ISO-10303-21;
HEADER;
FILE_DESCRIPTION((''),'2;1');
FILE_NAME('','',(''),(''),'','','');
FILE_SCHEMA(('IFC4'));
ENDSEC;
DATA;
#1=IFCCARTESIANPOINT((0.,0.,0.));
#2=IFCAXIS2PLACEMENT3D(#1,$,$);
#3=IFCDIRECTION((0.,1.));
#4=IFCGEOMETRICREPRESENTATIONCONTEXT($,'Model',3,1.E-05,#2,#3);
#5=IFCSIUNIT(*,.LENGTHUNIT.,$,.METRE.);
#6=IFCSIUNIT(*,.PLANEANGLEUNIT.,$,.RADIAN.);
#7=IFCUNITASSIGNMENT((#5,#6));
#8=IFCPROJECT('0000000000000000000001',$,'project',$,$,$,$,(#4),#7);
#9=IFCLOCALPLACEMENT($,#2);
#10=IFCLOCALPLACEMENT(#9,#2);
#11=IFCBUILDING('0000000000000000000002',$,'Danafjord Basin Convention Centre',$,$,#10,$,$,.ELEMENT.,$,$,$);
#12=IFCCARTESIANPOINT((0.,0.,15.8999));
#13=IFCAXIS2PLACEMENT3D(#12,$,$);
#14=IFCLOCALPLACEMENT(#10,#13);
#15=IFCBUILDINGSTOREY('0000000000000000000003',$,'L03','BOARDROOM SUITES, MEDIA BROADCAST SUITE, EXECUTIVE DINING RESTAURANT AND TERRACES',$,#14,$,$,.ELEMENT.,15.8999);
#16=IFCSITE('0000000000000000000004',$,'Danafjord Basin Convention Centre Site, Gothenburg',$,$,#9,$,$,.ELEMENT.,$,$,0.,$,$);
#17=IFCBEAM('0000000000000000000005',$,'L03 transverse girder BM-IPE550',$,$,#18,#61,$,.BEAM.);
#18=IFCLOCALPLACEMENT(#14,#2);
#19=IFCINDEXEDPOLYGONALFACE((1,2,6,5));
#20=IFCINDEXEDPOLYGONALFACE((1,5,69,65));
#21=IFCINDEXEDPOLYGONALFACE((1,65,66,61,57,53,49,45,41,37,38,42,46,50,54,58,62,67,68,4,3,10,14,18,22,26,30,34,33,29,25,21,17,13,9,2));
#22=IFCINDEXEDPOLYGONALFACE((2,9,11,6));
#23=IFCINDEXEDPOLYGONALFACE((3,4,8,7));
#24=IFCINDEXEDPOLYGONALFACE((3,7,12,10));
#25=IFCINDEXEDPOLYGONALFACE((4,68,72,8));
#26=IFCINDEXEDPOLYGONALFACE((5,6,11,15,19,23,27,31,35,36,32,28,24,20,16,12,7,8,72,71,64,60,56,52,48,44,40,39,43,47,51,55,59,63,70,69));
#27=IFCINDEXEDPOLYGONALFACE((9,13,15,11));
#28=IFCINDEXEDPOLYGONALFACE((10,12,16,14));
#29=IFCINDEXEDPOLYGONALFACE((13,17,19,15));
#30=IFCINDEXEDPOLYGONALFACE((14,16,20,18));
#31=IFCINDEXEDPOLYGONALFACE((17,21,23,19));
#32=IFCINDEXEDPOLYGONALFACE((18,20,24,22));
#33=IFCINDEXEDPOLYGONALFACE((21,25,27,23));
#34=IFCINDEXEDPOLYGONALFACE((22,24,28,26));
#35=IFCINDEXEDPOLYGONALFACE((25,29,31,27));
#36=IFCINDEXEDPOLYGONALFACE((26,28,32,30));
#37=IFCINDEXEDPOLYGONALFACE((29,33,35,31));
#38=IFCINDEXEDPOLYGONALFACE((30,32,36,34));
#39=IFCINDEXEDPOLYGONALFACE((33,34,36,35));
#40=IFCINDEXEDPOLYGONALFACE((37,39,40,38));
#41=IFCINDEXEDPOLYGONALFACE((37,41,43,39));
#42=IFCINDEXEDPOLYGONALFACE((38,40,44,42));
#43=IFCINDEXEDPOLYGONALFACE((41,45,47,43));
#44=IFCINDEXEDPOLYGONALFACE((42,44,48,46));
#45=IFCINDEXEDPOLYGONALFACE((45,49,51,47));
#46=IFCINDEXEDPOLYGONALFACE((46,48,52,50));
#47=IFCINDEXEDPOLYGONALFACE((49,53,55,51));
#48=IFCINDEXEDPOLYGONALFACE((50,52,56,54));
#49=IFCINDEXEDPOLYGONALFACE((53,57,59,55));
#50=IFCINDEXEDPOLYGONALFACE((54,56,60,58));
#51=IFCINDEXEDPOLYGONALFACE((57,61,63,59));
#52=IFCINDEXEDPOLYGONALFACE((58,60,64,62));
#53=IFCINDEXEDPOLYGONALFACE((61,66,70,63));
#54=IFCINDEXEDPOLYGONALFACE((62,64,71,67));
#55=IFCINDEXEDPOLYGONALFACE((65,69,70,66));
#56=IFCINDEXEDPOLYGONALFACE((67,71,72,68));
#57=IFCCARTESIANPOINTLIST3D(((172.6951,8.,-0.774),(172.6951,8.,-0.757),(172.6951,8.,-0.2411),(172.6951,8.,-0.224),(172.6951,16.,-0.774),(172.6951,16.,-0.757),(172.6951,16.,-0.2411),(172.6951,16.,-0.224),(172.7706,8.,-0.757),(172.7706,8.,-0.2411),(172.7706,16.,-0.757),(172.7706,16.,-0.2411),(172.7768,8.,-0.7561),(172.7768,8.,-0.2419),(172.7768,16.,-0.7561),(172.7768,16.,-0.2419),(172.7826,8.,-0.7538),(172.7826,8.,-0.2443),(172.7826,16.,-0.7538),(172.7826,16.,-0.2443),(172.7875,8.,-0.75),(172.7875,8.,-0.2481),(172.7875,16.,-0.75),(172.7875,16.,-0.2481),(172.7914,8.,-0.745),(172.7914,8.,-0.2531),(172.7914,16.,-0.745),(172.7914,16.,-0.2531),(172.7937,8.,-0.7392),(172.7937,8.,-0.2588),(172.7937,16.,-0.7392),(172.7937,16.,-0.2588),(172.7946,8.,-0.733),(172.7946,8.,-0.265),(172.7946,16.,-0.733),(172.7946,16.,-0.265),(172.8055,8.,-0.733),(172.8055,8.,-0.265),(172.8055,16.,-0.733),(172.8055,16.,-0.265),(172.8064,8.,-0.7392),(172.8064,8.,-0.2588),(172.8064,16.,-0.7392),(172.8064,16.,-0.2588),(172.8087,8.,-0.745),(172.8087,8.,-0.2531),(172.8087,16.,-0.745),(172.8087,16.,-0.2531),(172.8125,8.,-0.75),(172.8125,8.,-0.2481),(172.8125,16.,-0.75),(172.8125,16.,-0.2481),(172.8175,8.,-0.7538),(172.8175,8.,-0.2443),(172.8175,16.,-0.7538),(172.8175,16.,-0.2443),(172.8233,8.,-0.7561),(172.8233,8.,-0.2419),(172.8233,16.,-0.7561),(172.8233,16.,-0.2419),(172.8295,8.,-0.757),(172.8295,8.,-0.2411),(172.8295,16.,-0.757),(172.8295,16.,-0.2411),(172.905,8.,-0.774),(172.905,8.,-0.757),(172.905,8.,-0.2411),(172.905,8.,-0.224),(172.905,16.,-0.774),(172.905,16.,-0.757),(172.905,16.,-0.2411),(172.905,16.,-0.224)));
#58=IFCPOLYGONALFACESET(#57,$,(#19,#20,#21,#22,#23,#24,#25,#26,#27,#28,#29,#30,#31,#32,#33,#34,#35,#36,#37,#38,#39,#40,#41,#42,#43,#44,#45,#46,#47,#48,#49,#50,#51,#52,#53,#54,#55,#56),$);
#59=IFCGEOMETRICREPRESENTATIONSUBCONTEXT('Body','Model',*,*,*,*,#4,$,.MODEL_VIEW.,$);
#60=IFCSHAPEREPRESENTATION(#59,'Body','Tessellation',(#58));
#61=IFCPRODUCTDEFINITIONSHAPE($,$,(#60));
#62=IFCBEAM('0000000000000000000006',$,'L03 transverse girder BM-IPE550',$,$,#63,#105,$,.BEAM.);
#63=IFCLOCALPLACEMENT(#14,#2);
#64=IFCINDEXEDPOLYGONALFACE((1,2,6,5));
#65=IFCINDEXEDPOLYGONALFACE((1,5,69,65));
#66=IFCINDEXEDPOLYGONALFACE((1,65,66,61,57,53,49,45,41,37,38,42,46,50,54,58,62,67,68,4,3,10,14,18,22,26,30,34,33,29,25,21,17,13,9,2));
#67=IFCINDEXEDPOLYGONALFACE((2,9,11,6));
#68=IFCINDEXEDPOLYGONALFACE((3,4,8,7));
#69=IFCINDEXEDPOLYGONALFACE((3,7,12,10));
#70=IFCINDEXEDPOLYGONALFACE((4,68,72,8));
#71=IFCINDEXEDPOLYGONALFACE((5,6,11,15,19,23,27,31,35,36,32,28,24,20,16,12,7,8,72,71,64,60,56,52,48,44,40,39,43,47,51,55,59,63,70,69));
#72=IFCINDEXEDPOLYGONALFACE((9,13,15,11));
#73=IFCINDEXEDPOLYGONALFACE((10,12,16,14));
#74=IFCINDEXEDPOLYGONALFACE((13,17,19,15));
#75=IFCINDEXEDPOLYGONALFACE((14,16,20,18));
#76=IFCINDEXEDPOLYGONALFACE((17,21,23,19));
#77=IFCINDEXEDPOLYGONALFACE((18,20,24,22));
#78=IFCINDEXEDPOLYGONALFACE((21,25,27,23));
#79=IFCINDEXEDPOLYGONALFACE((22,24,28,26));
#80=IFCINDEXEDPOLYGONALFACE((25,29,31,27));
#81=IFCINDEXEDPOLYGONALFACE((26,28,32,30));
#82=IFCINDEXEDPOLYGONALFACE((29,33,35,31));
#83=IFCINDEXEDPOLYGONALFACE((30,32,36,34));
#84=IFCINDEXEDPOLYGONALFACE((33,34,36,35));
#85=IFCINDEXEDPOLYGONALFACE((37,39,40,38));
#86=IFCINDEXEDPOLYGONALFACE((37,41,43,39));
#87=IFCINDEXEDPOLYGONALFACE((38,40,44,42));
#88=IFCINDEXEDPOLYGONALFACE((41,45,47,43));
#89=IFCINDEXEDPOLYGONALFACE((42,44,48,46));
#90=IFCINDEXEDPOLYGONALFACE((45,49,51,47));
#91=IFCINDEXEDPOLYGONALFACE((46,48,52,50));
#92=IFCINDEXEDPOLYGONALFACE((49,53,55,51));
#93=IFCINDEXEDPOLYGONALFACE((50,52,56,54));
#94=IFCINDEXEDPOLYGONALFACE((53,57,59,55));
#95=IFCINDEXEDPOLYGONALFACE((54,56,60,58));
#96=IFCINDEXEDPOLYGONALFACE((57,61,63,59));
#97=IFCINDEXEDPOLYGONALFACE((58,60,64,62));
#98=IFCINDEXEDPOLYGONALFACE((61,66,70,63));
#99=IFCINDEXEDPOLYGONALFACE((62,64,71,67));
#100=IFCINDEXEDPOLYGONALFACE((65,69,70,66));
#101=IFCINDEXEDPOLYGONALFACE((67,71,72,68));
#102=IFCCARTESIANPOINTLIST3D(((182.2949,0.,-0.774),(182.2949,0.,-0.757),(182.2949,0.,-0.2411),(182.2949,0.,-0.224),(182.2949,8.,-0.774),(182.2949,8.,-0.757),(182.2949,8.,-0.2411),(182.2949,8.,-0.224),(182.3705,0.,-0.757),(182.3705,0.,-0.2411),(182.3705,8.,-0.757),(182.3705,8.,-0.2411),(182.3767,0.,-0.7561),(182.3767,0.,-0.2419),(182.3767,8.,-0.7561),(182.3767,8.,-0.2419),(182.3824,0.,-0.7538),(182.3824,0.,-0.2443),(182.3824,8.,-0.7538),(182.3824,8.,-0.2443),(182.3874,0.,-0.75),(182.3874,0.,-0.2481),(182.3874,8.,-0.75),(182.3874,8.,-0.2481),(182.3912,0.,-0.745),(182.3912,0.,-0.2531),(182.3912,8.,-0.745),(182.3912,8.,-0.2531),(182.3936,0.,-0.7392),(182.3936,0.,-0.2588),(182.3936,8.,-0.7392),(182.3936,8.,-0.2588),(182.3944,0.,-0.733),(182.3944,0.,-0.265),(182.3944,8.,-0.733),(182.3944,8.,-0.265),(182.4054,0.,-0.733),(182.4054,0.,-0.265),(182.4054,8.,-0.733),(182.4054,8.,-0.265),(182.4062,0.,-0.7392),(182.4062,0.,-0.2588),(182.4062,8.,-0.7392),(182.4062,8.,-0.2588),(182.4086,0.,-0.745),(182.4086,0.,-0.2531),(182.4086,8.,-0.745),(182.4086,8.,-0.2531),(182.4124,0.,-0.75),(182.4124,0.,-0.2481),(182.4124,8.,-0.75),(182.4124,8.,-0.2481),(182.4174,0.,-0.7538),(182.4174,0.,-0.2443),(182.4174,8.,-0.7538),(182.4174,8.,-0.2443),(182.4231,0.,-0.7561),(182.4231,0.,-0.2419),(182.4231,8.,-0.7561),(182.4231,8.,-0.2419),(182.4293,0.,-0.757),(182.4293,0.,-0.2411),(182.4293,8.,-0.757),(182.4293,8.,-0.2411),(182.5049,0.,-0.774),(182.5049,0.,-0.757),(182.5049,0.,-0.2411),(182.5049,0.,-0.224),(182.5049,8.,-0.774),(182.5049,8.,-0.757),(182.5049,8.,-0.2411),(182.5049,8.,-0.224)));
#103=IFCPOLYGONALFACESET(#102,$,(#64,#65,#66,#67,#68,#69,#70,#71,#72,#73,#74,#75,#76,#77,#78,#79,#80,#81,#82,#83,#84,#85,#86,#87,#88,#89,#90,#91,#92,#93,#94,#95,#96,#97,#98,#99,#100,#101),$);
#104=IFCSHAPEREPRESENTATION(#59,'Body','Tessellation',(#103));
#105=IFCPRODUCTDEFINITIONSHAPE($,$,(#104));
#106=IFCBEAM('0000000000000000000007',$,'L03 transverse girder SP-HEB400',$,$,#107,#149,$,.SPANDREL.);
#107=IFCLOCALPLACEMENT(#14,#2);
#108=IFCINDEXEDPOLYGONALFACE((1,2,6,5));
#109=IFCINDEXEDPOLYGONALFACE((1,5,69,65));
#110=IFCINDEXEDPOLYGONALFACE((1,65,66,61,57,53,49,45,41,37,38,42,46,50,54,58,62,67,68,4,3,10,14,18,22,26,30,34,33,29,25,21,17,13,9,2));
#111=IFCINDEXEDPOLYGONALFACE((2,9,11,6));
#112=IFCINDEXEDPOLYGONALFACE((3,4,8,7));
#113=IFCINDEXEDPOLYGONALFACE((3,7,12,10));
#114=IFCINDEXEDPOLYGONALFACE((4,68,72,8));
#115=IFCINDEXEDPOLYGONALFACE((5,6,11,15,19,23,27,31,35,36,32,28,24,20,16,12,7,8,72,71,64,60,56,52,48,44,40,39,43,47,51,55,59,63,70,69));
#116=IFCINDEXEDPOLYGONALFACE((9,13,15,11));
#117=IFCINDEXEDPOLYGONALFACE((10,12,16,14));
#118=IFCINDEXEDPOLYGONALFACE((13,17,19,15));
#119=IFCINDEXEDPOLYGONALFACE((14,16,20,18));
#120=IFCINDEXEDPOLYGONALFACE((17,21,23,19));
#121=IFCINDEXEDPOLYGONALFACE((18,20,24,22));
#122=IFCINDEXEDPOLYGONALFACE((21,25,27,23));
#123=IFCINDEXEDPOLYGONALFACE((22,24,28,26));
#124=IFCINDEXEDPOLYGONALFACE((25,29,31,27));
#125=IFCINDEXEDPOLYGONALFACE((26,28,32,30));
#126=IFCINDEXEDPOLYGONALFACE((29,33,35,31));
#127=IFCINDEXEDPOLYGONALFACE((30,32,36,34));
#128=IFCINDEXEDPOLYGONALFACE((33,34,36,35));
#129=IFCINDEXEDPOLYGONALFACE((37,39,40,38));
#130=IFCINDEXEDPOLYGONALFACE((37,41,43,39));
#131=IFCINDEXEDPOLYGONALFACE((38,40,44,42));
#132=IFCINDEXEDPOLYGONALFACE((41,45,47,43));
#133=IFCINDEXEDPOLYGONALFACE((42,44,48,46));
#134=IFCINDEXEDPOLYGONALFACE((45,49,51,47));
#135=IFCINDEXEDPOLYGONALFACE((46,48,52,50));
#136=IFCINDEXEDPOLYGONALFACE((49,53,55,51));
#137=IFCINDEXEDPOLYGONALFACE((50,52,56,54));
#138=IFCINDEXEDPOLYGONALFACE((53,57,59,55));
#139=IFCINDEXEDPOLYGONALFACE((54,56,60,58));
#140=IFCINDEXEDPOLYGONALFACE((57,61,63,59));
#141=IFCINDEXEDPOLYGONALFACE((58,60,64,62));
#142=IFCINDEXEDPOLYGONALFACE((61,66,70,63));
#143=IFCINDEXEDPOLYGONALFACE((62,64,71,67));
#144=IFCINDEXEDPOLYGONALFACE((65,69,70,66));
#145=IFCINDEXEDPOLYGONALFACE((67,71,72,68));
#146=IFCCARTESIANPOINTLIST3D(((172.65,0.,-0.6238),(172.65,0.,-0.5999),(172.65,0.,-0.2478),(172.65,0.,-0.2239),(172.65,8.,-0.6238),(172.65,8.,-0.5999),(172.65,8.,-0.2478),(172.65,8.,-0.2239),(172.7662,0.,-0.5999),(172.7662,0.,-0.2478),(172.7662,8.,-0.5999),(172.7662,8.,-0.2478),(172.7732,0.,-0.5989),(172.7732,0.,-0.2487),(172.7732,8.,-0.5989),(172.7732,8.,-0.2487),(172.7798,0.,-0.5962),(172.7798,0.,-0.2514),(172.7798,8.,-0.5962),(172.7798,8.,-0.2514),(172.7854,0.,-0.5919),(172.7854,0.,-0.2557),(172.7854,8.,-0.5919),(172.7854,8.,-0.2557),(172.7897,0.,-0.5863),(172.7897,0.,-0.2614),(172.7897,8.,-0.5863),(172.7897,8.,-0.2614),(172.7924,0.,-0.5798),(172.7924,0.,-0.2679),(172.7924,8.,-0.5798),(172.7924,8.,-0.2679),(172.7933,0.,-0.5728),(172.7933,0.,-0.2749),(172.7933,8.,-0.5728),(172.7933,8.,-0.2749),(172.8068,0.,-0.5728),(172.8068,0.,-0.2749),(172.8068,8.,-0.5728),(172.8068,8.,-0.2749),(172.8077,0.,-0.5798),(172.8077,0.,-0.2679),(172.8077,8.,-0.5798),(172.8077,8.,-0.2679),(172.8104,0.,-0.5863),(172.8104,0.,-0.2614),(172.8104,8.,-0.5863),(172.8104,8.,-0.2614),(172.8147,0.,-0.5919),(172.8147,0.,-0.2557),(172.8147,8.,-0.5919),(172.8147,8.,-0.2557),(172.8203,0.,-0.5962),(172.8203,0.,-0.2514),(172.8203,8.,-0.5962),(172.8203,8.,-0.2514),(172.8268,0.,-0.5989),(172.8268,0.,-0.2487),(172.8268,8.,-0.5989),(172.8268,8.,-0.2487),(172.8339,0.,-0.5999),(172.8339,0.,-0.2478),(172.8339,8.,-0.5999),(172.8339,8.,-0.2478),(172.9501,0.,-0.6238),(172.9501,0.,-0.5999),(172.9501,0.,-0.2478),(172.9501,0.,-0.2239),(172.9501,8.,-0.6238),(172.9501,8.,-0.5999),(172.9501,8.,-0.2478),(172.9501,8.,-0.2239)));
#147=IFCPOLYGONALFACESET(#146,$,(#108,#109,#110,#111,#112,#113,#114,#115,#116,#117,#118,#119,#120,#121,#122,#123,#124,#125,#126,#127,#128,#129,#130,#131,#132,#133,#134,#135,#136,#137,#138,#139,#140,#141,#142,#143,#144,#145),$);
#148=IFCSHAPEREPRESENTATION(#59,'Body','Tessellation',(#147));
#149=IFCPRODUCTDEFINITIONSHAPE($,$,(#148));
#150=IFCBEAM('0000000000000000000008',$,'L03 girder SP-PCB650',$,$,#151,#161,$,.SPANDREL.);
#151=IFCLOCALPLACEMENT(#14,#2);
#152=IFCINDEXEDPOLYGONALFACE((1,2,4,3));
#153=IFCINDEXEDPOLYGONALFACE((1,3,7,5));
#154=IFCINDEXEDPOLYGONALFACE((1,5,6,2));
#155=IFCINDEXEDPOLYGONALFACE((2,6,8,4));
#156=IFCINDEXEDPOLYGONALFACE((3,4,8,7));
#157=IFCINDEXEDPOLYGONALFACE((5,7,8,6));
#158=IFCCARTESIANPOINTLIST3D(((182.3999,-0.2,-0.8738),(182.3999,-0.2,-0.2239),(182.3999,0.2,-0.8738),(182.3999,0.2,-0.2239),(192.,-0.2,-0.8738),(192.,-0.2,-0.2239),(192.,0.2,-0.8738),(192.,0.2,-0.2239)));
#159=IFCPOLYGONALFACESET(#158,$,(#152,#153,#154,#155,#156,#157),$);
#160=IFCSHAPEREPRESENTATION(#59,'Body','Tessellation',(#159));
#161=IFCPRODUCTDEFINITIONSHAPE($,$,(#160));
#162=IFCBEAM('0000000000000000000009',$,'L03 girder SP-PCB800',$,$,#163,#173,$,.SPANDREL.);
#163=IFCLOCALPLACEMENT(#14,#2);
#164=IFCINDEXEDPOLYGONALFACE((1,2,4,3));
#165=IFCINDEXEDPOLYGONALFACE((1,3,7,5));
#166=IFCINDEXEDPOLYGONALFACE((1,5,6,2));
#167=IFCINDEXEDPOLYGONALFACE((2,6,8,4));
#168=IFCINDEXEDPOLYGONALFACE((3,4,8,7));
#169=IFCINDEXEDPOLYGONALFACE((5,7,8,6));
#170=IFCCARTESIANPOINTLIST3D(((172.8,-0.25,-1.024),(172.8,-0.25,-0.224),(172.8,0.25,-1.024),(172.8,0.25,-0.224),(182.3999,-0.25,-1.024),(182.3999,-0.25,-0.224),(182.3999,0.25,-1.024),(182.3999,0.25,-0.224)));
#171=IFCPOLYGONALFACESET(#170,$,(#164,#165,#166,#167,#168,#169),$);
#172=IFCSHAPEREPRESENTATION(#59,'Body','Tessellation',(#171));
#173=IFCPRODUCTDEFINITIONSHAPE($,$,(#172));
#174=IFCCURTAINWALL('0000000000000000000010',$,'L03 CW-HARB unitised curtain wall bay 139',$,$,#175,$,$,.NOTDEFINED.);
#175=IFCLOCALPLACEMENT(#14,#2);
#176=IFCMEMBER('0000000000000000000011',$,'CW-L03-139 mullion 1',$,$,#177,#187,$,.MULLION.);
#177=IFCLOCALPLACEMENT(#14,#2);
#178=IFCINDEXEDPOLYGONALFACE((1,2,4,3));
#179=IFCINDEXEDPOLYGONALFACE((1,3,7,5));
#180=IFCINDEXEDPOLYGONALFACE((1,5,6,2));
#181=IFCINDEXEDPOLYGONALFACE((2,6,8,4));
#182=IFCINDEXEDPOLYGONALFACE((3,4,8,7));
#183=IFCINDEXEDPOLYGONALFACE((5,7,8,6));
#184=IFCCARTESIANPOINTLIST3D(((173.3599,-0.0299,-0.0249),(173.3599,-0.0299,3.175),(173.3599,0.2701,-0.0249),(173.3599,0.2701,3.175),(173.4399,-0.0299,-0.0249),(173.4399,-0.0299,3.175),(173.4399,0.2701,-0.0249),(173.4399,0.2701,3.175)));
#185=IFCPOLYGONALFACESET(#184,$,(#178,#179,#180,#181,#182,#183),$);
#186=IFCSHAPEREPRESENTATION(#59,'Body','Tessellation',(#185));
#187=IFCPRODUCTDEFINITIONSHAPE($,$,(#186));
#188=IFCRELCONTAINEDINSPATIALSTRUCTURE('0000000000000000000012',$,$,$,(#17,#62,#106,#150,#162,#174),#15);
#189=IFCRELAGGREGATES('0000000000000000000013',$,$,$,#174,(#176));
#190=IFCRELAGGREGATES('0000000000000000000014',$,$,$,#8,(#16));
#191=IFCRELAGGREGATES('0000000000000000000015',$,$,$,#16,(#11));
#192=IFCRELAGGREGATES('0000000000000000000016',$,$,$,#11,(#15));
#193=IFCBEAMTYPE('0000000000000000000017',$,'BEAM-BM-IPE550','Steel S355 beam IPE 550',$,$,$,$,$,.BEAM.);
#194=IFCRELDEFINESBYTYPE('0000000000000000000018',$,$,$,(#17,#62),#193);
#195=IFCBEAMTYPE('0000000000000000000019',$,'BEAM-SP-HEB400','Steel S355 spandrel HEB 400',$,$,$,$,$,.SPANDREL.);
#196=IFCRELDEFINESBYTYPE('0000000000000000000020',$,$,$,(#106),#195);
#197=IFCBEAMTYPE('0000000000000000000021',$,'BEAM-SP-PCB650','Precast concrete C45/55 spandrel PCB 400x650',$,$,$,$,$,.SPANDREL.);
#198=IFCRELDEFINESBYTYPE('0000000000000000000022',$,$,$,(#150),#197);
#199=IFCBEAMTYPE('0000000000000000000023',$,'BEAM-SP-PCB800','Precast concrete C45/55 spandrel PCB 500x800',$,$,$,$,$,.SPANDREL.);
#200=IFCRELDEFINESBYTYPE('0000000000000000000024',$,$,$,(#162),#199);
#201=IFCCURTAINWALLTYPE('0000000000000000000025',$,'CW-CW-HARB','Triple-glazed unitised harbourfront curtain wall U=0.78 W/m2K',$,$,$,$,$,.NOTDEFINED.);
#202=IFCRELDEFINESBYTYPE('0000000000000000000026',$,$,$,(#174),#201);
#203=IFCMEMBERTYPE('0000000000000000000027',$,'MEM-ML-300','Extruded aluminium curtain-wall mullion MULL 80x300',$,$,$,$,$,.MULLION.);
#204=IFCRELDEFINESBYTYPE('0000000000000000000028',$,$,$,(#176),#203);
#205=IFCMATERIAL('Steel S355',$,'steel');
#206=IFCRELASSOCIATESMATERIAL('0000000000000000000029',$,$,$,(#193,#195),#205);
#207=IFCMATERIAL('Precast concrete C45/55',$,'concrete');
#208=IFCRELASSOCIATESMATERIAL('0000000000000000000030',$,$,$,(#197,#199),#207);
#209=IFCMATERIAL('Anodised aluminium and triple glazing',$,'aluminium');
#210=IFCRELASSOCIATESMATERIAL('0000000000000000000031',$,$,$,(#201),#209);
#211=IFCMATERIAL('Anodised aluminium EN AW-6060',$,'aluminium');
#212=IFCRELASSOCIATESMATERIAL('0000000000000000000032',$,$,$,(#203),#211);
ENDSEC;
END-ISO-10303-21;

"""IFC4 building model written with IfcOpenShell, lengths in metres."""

from ifc_helpers import new_model, si_unit, direction, frame, origin, origin_2d, place, context, subcontext, project, spatial, rectangle, i_section, extrude, material, material_profile, profile_set, type_object, element, aggregate, save


model = new_model("IFC4")

# Units and contexts
model_context = context("Model", 3, precision=1e-05, world=origin(), true_north=direction((0.0, 1.0)))
body_context = subcontext(model_context, "Body", "Model", "MODEL_VIEW")
ifc_project = project(units=[si_unit("LENGTHUNIT", "METRE"), si_unit("PLANEANGLEUNIT", "RADIAN")], contexts=[model_context])

# Site, building, storey
site_placement = place(None, origin())
site = spatial("IfcSite", under=ifc_project, at=site_placement, Name="Danafjord Basin Convention Centre Site, Gothenburg", CompositionType="ELEMENT", RefElevation=0.0)
building_placement = place(site_placement, origin())
building = spatial("IfcBuilding", under=site, at=building_placement, Name="Danafjord Basin Convention Centre", CompositionType="ELEMENT")
storey_placement = place(building_placement, frame((0.0, 0.0, 15.8999)))
storey = spatial("IfcBuildingStorey", under=building, at=storey_placement, Name="L03", Description="BOARDROOM SUITES, MEDIA BROADCAST SUITE, EXECUTIVE DINING RESTAURANT AND TERRACES", CompositionType="ELEMENT", Elevation=15.8999)

# Shared definitions
ifc_material_1 = material(Name="Steel S355", Category="steel")

# Beams
ifc_material_profile_1 = material_profile(ifc_material_1, i_section(OverallWidth=0.21, OverallDepth=0.55, WebThickness=0.011, FlangeThickness=0.0171, FilletRadius=0.0239, at=origin_2d()), Name="IPE 550")
ifc_profile_set_1 = profile_set([ifc_material_profile_1], Name="Steel S355")
beam_type_1 = type_object("IfcBeamType", Name="BEAM-BM-IPE550", Description="Steel S355 beam IPE 550", PredefinedType="BEAM", material=ifc_profile_set_1)
for number, where, z_axis, x_axis, name in (
    (1, (172.8, 8.0, -0.499), (0.0, 1.0, 0.0), (-1.0, 0.0, 0.0), "L03 transverse girder BM-IPE550"),
    (2, (182.3999, 0.0, -0.499), (0.0, 1.0, 0.0), (-1.0, 0.0, 0.0), "L03 transverse girder BM-IPE550"),
):
    element("IfcBeam", number, at=place(storey_placement, frame(where, z_axis=z_axis, x_axis=x_axis)), inside=storey, type_object=beam_type_1, Name=name, PredefinedType="BEAM", context=body_context, shape_type="SweptSolid", body=[
        extrude(i_section(OverallWidth=0.21, OverallDepth=0.55, WebThickness=0.011, FlangeThickness=0.0171, FilletRadius=0.0239, at=origin_2d()), origin(), (0.0, 0.0, 1.0), 8.0),
    ])
ifc_material_profile_2 = material_profile(ifc_material_1, i_section(OverallWidth=0.3, OverallDepth=0.3999, WebThickness=0.0134, FlangeThickness=0.0239, FilletRadius=0.0271, at=origin_2d()), Name="HEB 400")
ifc_profile_set_2 = profile_set([ifc_material_profile_2], Name="Steel S355")
beam_type_2 = type_object("IfcBeamType", Name="BEAM-SP-HEB400", Description="Steel S355 spandrel HEB 400", PredefinedType="SPANDREL", material=ifc_profile_set_2)
beam_1_placement = place(storey_placement, frame((172.8, 0.0, -0.4238), z_axis=(0.0, 1.0, 0.0), x_axis=(-1.0, 0.0, 0.0)))
element("IfcBeam", 3, at=beam_1_placement, inside=storey, type_object=beam_type_2, Name="L03 transverse girder SP-HEB400", PredefinedType="SPANDREL", context=body_context, shape_type="SweptSolid", body=[
    extrude(i_section(OverallWidth=0.3, OverallDepth=0.3999, WebThickness=0.0134, FlangeThickness=0.0239, FilletRadius=0.0271, at=origin_2d()), origin(), (0.0, 0.0, 1.0), 8.0),
])
ifc_material_2 = material(Name="Precast concrete C45/55", Category="concrete")
ifc_material_profile_3 = material_profile(ifc_material_2, rectangle(XDim=0.3999, YDim=0.6499, at=origin_2d()), Name="PCB 400x650")
ifc_profile_set_3 = profile_set([ifc_material_profile_3], Name="Precast concrete C45/55")
beam_type_3 = type_object("IfcBeamType", Name="BEAM-SP-PCB650", Description="Precast concrete C45/55 spandrel PCB 400x650", PredefinedType="SPANDREL", material=ifc_profile_set_3)
beam_2_placement = place(storey_placement, frame((182.3999, 0.0, -0.5488), z_axis=(1.0, 0.0, 0.0), x_axis=(0.0, 1.0, 0.0)))
element("IfcBeam", 4, at=beam_2_placement, inside=storey, type_object=beam_type_3, Name="L03 girder SP-PCB650", PredefinedType="SPANDREL", context=body_context, shape_type="SweptSolid", body=[
    extrude(rectangle(XDim=0.3999, YDim=0.6499, at=origin_2d()), origin(), (0.0, 0.0, 1.0), 9.6001),
])
ifc_material_profile_4 = material_profile(ifc_material_2, rectangle(XDim=0.5, YDim=0.8, at=origin_2d()), Name="PCB 500x800")
ifc_profile_set_4 = profile_set([ifc_material_profile_4], Name="Precast concrete C45/55")
beam_type_4 = type_object("IfcBeamType", Name="BEAM-SP-PCB800", Description="Precast concrete C45/55 spandrel PCB 500x800", PredefinedType="SPANDREL", material=ifc_profile_set_4)
beam_3_placement = place(storey_placement, frame((172.8, 0.0, -0.624), z_axis=(1.0, 0.0, 0.0), x_axis=(0.0, 1.0, 0.0)))
element("IfcBeam", 5, at=beam_3_placement, inside=storey, type_object=beam_type_4, Name="L03 girder SP-PCB800", PredefinedType="SPANDREL", context=body_context, shape_type="SweptSolid", body=[
    extrude(rectangle(XDim=0.5, YDim=0.8, at=origin_2d()), origin(), (0.0, 0.0, 1.0), 9.5999),
])

# Curtain wall, member
ifc_material_3 = material(Name="Anodised aluminium and triple glazing", Category="aluminium")
curtain_wall_type = type_object("IfcCurtainWallType", Name="CW-CW-HARB", Description="Triple-glazed unitised harbourfront curtain wall U=0.78 W/m2K", PredefinedType="NOTDEFINED", material=ifc_material_3)
curtain_wall_placement = place(storey_placement, origin())
curtain_wall = element("IfcCurtainWall", 6, at=curtain_wall_placement, inside=storey, type_object=curtain_wall_type, Name="L03 CW-HARB unitised curtain wall bay 139", PredefinedType="NOTDEFINED")
ifc_material_4 = material(Name="Anodised aluminium EN AW-6060", Category="aluminium")
ifc_material_profile_5 = material_profile(ifc_material_4, rectangle(XDim=0.0801, YDim=0.3, at=origin_2d()), Name="MULL 80x300")
ifc_profile_set_5 = profile_set([ifc_material_profile_5], Name="Anodised aluminium EN AW-6060")
member_type_1 = type_object("IfcMemberType", Name="MEM-ML-300", Description="Extruded aluminium curtain-wall mullion MULL 80x300", PredefinedType="MULLION", material=ifc_profile_set_5)
member_1_placement = place(storey_placement, frame((173.3999, 0.1201, -0.0249), z_axis=(0.0, 0.0, 1.0), x_axis=(1.0, 0.0, 0.0)))
member_1 = element("IfcMember", 7, at=member_1_placement, type_object=member_type_1, Name="CW-L03-139 mullion 1", PredefinedType="MULLION", context=body_context, shape_type="SweptSolid", body=[
    extrude(rectangle(XDim=0.0801, YDim=0.3, at=origin_2d()), origin(), (0.0, 0.0, 1.0), 3.2),
])
aggregate(curtain_wall, [member_1])

save(model, "model.ifc")
